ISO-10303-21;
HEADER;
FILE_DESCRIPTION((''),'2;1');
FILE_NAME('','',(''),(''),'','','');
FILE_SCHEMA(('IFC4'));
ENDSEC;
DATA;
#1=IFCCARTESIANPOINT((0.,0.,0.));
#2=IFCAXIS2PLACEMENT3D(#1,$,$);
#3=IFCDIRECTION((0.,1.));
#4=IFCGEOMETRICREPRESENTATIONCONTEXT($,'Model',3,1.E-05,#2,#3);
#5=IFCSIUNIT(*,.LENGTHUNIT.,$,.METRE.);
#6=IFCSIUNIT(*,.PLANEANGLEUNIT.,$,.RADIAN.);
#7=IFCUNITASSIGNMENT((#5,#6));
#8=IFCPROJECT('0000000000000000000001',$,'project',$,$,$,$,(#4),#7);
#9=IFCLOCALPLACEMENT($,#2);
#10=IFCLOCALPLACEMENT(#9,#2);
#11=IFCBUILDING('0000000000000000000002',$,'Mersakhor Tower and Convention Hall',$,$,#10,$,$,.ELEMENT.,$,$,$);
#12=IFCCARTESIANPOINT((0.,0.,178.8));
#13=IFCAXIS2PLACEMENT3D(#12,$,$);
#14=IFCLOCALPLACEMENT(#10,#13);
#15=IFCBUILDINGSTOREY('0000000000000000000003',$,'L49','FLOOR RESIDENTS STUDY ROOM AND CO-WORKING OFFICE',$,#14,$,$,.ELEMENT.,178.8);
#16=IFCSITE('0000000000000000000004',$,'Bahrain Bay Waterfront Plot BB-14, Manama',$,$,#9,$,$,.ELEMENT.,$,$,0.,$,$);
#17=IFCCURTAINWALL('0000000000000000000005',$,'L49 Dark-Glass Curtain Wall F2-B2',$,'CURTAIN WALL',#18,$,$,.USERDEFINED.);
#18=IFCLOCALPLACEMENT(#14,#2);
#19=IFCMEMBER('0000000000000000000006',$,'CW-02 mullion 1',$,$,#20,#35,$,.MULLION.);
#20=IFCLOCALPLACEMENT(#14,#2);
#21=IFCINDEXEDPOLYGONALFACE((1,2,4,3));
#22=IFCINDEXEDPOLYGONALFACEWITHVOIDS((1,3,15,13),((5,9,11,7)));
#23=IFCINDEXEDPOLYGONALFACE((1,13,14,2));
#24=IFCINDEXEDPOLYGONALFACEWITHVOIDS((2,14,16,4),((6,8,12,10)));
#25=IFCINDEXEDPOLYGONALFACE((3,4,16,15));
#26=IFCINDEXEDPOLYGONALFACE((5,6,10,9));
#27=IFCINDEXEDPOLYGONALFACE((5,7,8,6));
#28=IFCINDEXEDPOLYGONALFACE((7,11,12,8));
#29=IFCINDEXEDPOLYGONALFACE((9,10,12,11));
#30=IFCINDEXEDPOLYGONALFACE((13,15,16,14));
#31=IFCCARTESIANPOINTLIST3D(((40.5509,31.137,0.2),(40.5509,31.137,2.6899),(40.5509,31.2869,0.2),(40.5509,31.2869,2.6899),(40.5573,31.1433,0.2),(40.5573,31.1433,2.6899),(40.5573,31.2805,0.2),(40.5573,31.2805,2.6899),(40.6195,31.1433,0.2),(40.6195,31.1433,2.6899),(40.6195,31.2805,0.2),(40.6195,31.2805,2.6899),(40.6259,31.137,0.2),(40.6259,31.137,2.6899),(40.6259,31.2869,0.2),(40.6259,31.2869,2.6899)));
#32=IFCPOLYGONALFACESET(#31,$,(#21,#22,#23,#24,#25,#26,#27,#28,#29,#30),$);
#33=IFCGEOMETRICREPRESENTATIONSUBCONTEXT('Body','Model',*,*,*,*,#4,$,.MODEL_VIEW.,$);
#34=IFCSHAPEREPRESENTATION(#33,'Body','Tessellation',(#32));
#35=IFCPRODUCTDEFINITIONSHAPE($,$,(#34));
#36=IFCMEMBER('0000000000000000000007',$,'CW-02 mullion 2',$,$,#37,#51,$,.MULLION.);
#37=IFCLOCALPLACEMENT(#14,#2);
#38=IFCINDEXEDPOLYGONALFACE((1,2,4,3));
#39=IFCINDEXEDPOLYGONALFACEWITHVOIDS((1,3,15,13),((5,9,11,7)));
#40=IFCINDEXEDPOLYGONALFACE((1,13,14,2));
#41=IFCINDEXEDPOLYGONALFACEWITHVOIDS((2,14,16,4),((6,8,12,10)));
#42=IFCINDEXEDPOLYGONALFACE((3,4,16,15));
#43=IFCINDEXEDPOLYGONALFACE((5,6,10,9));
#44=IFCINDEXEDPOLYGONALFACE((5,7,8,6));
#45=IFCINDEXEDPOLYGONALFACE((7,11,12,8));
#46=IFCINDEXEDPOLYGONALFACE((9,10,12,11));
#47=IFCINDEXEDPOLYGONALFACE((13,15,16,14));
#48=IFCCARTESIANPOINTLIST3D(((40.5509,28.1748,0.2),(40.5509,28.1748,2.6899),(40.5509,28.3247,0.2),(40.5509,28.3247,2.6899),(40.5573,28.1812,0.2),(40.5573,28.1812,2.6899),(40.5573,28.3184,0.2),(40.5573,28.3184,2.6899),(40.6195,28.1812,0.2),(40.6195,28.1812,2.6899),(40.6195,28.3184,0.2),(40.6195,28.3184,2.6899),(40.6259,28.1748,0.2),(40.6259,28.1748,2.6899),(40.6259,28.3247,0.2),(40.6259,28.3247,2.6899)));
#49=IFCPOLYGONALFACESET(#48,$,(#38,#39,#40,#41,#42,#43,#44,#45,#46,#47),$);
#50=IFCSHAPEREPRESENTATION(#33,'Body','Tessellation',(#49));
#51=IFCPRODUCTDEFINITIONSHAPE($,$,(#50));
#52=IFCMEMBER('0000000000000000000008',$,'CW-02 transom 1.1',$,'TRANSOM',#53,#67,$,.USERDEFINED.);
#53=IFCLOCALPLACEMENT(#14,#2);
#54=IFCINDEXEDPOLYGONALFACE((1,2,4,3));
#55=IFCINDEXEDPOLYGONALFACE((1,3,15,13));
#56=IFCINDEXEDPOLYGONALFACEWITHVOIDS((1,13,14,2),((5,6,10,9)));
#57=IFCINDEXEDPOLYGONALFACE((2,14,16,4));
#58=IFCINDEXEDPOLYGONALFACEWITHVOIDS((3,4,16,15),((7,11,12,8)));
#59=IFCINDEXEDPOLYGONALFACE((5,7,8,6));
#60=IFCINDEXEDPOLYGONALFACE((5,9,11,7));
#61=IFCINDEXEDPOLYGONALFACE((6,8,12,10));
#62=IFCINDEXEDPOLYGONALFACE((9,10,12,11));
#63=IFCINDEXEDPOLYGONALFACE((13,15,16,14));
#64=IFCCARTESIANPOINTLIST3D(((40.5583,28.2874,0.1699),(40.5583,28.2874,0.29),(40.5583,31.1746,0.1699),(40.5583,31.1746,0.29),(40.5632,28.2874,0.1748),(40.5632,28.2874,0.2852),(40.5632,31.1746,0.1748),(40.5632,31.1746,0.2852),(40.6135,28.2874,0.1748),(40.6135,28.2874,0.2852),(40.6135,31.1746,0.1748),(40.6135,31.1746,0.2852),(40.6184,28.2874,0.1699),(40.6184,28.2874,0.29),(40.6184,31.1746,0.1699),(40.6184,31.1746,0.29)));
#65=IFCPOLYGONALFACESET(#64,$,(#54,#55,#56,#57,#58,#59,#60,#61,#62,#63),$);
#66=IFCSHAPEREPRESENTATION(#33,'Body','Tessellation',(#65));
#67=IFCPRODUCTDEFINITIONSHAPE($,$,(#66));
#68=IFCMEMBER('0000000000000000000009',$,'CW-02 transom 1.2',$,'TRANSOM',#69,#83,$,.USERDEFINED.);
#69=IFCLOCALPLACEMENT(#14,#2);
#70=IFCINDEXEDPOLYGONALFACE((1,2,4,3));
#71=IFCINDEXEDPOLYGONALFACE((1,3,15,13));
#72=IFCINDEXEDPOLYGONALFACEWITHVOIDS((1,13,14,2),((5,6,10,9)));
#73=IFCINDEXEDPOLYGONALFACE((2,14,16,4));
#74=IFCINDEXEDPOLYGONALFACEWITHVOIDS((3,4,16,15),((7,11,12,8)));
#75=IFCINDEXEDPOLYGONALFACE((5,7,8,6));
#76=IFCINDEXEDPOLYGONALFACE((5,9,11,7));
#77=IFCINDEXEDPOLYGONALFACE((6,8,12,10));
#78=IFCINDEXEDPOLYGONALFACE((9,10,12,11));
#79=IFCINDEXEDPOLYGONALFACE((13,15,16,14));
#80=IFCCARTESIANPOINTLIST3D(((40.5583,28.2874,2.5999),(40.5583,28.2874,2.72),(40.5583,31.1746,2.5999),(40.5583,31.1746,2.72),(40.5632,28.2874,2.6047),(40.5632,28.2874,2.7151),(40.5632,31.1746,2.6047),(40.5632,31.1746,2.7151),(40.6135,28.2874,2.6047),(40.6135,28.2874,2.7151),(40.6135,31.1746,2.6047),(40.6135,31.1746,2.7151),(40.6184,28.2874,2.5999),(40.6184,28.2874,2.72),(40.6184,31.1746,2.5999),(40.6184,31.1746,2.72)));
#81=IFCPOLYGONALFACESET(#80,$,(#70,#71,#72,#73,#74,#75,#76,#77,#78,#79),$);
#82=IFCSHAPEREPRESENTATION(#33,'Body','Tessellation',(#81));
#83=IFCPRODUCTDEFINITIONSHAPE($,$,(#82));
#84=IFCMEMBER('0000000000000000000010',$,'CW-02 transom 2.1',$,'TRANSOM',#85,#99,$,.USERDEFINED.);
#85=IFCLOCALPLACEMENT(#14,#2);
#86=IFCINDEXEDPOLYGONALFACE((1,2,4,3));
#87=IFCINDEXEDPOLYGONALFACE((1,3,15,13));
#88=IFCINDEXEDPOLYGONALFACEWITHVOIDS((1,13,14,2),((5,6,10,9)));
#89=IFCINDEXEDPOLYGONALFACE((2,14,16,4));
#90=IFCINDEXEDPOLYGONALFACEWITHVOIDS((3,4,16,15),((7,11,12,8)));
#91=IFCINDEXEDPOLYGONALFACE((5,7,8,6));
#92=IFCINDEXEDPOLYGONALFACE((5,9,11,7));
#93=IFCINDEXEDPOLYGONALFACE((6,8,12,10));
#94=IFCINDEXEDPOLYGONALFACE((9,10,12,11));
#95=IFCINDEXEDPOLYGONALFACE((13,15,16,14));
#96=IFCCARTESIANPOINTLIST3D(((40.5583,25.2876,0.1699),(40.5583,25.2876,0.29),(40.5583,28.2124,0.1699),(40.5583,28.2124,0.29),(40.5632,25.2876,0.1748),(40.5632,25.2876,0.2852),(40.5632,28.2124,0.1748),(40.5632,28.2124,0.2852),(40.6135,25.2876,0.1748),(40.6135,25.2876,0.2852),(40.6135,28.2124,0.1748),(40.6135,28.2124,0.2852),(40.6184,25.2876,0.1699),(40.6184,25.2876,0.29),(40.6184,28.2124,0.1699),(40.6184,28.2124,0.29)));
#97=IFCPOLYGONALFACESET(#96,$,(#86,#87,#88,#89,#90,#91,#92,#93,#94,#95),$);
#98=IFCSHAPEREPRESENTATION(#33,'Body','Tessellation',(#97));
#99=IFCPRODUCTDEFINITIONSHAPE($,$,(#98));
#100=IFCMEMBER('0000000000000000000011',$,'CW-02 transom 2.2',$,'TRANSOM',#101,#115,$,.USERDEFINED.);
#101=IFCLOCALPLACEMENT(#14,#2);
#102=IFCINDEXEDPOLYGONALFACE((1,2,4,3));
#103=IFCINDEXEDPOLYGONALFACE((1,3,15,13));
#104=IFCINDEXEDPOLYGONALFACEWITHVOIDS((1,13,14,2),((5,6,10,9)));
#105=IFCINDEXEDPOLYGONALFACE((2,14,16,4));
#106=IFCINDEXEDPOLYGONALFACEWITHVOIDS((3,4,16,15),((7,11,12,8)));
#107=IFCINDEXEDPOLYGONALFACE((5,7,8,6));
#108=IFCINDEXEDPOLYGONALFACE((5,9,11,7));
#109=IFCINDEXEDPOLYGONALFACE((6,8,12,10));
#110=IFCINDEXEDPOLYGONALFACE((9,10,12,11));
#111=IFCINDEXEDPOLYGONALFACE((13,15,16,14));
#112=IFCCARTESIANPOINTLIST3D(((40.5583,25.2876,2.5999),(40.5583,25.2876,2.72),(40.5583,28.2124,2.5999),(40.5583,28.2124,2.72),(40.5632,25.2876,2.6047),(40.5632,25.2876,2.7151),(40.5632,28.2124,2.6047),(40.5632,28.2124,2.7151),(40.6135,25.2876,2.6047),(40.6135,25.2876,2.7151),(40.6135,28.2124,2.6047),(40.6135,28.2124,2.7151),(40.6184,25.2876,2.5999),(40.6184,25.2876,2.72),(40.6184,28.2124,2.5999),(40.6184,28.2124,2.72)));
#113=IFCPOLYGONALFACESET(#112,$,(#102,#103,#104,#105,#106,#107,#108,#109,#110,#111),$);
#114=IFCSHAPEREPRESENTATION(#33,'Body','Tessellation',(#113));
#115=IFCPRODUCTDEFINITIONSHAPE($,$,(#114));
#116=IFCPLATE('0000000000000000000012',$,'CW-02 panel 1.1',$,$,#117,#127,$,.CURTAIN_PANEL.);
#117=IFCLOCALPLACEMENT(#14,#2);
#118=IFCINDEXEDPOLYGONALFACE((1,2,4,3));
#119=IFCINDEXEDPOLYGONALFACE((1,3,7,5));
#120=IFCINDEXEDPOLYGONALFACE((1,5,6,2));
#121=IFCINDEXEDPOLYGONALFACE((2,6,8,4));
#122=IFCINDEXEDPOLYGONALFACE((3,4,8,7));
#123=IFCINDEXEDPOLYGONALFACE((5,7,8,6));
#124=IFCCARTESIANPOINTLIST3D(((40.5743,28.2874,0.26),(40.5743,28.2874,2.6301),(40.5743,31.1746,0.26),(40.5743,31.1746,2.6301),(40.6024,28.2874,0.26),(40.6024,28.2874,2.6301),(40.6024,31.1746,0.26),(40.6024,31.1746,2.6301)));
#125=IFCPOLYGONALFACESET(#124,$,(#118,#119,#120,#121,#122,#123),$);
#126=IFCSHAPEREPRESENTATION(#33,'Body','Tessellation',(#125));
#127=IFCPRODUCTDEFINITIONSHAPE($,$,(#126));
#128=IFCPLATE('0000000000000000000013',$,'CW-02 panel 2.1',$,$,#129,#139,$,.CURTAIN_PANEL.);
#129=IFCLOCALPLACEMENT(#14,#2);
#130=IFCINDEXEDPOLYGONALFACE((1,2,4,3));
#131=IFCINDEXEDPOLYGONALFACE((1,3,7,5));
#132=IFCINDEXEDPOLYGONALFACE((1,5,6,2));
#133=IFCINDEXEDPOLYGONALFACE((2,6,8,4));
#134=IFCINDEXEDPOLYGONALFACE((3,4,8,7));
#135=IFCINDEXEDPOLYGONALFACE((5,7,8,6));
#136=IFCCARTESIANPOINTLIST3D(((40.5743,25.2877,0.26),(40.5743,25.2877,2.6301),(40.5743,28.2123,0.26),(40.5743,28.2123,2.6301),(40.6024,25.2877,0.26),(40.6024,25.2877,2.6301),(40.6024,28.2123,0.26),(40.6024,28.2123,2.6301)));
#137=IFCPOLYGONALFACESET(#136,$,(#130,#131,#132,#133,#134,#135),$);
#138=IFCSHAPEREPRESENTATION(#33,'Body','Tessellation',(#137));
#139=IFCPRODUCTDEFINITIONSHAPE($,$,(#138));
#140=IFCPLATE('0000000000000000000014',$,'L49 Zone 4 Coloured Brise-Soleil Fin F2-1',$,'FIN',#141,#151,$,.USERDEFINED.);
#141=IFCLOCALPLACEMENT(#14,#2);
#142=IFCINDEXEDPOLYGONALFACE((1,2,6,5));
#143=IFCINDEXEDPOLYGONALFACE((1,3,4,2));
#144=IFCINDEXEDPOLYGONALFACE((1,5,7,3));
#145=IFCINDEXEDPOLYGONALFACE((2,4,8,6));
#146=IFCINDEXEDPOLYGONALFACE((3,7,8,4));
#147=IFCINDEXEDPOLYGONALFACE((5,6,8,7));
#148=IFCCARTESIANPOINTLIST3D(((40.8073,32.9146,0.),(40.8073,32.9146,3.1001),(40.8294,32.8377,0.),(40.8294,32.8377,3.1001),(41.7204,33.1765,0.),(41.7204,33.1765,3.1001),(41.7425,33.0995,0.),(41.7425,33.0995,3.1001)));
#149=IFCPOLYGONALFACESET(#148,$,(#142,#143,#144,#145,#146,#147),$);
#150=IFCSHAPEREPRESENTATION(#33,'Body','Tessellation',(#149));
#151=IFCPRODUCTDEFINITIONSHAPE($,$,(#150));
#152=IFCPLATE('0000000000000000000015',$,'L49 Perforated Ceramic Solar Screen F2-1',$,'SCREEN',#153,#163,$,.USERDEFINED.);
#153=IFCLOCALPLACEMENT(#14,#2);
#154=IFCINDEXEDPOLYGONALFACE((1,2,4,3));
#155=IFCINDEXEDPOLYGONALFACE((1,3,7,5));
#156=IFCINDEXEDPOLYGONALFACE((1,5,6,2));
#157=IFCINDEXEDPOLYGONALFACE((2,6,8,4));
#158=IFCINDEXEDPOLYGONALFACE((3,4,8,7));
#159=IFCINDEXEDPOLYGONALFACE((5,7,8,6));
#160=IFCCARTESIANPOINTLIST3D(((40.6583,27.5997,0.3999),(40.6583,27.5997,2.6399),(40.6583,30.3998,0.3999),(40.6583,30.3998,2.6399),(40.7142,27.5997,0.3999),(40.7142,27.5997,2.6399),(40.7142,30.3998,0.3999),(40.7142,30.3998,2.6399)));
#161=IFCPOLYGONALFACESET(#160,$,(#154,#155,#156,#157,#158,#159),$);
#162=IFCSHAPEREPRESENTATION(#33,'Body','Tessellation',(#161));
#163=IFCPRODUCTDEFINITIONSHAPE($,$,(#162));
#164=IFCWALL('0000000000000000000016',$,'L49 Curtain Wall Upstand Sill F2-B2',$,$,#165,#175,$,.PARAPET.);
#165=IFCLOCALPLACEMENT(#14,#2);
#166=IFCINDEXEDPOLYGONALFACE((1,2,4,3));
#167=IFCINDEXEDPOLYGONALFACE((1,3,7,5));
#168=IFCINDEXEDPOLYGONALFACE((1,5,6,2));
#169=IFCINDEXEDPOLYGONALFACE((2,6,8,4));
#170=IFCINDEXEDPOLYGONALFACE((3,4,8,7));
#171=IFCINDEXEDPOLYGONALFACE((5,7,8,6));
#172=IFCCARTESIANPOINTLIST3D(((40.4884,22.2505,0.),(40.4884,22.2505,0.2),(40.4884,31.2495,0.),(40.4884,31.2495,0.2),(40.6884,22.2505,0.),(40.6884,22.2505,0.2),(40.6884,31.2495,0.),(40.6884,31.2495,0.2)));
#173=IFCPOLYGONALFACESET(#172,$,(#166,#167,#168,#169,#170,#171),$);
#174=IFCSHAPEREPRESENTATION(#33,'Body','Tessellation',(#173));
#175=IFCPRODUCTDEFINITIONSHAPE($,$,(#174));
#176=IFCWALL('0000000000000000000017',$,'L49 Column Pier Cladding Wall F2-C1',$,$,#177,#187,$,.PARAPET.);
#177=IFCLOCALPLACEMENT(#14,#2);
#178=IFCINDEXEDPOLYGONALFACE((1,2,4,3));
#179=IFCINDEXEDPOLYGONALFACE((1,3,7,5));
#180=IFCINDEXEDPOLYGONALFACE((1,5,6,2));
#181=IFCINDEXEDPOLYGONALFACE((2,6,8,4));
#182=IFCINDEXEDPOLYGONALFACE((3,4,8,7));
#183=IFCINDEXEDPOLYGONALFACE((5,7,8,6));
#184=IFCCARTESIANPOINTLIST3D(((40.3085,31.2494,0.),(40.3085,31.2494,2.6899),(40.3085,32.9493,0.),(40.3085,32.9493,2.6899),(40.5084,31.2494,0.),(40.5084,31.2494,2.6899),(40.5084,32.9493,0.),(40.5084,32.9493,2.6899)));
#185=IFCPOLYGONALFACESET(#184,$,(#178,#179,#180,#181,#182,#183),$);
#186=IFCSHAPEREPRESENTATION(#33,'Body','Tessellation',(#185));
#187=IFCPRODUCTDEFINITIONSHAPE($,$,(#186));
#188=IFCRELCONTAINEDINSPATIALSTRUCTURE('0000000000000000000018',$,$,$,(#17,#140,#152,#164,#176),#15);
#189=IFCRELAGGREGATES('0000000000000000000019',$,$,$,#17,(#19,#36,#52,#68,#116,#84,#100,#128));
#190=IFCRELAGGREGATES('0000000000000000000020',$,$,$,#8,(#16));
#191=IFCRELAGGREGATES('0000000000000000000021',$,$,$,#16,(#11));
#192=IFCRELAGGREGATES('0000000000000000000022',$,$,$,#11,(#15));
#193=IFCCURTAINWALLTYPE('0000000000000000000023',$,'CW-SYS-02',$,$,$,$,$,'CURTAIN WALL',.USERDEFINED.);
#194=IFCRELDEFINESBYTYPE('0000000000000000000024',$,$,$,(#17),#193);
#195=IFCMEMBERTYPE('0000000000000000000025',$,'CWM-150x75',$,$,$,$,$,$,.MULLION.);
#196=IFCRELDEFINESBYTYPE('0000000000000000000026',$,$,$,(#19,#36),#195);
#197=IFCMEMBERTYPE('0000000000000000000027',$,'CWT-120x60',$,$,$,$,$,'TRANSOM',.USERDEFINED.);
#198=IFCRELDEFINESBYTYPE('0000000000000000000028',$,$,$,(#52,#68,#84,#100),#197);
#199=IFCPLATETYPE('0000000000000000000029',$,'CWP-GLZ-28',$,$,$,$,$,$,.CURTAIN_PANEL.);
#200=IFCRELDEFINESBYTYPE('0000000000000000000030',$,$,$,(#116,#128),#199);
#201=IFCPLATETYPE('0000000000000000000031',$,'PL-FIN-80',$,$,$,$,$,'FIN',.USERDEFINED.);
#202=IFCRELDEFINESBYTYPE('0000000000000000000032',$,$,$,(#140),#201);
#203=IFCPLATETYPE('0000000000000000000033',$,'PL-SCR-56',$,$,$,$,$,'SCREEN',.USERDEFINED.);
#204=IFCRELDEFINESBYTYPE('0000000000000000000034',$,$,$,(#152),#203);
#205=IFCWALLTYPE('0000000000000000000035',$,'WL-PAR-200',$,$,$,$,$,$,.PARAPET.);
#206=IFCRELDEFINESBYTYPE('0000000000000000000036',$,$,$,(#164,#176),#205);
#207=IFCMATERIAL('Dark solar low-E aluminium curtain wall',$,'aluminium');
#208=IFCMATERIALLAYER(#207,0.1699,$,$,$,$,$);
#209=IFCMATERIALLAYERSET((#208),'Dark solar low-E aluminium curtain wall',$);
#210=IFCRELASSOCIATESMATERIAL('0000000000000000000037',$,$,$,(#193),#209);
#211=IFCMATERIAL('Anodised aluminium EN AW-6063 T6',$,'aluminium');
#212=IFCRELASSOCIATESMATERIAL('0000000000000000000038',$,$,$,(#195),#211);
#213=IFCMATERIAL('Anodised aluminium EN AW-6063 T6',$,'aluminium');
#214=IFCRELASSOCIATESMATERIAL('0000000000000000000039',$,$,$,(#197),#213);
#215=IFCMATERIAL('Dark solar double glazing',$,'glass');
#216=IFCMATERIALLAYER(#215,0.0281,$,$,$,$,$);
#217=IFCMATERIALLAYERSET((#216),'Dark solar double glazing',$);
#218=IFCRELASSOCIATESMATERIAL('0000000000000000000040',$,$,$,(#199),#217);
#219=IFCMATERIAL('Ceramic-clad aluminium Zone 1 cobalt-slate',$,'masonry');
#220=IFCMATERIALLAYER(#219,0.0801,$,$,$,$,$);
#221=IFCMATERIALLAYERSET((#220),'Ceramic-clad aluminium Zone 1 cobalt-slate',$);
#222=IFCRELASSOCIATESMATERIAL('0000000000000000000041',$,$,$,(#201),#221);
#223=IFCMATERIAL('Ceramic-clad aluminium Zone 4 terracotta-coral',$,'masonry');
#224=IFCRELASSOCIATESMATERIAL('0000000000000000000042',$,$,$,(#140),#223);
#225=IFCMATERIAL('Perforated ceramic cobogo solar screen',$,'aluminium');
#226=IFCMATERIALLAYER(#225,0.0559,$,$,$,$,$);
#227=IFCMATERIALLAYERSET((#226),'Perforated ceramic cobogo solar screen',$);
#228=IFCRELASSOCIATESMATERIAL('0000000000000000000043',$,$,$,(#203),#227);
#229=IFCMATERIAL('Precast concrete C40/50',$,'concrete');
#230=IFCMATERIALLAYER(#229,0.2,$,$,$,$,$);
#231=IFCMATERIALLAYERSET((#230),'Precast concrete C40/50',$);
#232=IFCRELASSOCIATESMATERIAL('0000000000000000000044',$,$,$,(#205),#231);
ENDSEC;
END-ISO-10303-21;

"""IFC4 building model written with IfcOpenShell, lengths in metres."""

from ifc_helpers import new_model, si_unit, direction, frame, frame_2d, origin, origin_2d, place, context, subcontext, project, spatial, rectangle, hollow_rectangle, extrude, material, layer, layer_set, material_profile, profile_set, type_object, element, aggregate, save


model = new_model("IFC4")

# Units and contexts
model_context = context("Model", 3, precision=1e-05, world=origin(), true_north=direction((0.0, 1.0)))
body_context = subcontext(model_context, "Body", "Model", "MODEL_VIEW")
ifc_project = project(units=[si_unit("LENGTHUNIT", "METRE"), si_unit("PLANEANGLEUNIT", "RADIAN")], contexts=[model_context])

# Site, building, storey
site_placement = place(None, origin())
site = spatial("IfcSite", under=ifc_project, at=site_placement, Name="Bahrain Bay Waterfront Plot BB-14, Manama", CompositionType="ELEMENT", RefElevation=0.0)
building_placement = place(site_placement, origin())
building = spatial("IfcBuilding", under=site, at=building_placement, Name="Mersakhor Tower and Convention Hall", CompositionType="ELEMENT")
storey_placement = place(building_placement, frame((0.0, 0.0, 178.8)))
storey = spatial("IfcBuildingStorey", under=building, at=storey_placement, Name="L49", Description="FLOOR RESIDENTS STUDY ROOM AND CO-WORKING OFFICE", CompositionType="ELEMENT", Elevation=178.8)

# Curtain wall, members, plates
ifc_material_1 = material(Name="Dark solar low-E aluminium curtain wall", Category="aluminium")
ifc_layer_1 = layer(ifc_material_1, 0.1699)
ifc_layer_set_1 = layer_set([ifc_layer_1], Name="Dark solar low-E aluminium curtain wall")
curtain_wall_type = type_object("IfcCurtainWallType", Name="CW-SYS-02", ElementType="CURTAIN WALL", PredefinedType="USERDEFINED", material=ifc_layer_set_1)
curtain_wall_placement = place(storey_placement, origin())
curtain_wall = element("IfcCurtainWall", 1, at=curtain_wall_placement, inside=storey, type_object=curtain_wall_type, Name="L49 Dark-Glass Curtain Wall F2-B2", ObjectType="CURTAIN WALL", PredefinedType="USERDEFINED")
ifc_material_2 = material(Name="Anodised aluminium EN AW-6063 T6", Category="aluminium")
ifc_material_profile_1 = material_profile(ifc_material_2, hollow_rectangle(XDim=0.075, YDim=0.1499, WallThickness=0.0063, at=origin_2d()), Name="RHS 150x75x6.3")
ifc_profile_set_1 = profile_set([ifc_material_profile_1], Name="Anodised aluminium EN AW-6063 T6")
member_type_1 = type_object("IfcMemberType", Name="CWM-150x75", PredefinedType="MULLION", material=ifc_profile_set_1)
member_1_placement = place(storey_placement, frame((40.5884, 31.2119, 0.2), z_axis=(0.0, 0.0, 1.0), x_axis=(1.0, 0.0, 0.0)))
member_1 = element("IfcMember", 2, at=member_1_placement, type_object=member_type_1, Name="CW-02 mullion 1", PredefinedType="MULLION", context=body_context, shape_type="SweptSolid", body=[
    extrude(hollow_rectangle(XDim=0.075, YDim=0.1499, WallThickness=0.0063, at=origin_2d()), origin(), (0.0, 0.0, 1.0), 2.49),
])
member_2_placement = place(storey_placement, frame((40.5884, 28.2498, 0.2), z_axis=(0.0, 0.0, 1.0), x_axis=(1.0, 0.0, 0.0)))
member_2 = element("IfcMember", 3, at=member_2_placement, type_object=member_type_1, Name="CW-02 mullion 2", PredefinedType="MULLION", context=body_context, shape_type="SweptSolid", body=[
    extrude(hollow_rectangle(XDim=0.075, YDim=0.1499, WallThickness=0.0063, at=origin_2d()), origin(), (0.0, 0.0, 1.0), 2.49),
])
ifc_material_3 = material(Name="Anodised aluminium EN AW-6063 T6", Category="aluminium")
ifc_material_profile_2 = material_profile(ifc_material_3, hollow_rectangle(XDim=0.0601, YDim=0.1201, WallThickness=0.0049, at=origin_2d()), Name="RHS 120x60x5")
ifc_profile_set_2 = profile_set([ifc_material_profile_2], Name="Anodised aluminium EN AW-6063 T6")
member_type_2 = type_object("IfcMemberType", Name="CWT-120x60", ElementType="TRANSOM", PredefinedType="USERDEFINED", material=ifc_profile_set_2)
member_3_placement = place(storey_placement, frame((40.5884, 31.1746, 0.23), z_axis=(0.0, -1.0, 0.0), x_axis=(1.0, 0.0, 0.0)))
member_3 = element("IfcMember", 4, at=member_3_placement, type_object=member_type_2, Name="CW-02 transom 1.1", ObjectType="TRANSOM", PredefinedType="USERDEFINED", context=body_context, shape_type="SweptSolid", body=[
    extrude(hollow_rectangle(XDim=0.0601, YDim=0.1201, WallThickness=0.0049, at=origin_2d()), origin(), (0.0, 0.0, 1.0), 2.8872),
])
member_4_placement = place(storey_placement, frame((40.5884, 31.1746, 2.6599), z_axis=(0.0, -1.0, 0.0), x_axis=(1.0, 0.0, 0.0)))
member_4 = element("IfcMember", 5, at=member_4_placement, type_object=member_type_2, Name="CW-02 transom 1.2", ObjectType="TRANSOM", PredefinedType="USERDEFINED", context=body_context, shape_type="SweptSolid", body=[
    extrude(hollow_rectangle(XDim=0.0601, YDim=0.1201, WallThickness=0.0049, at=origin_2d()), origin(), (0.0, 0.0, 1.0), 2.8872),
])
member_5_placement = place(storey_placement, frame((40.5884, 28.2124, 0.23), z_axis=(0.0, -1.0, 0.0), x_axis=(1.0, 0.0, 0.0)))
member_5 = element("IfcMember", 6, at=member_5_placement, type_object=member_type_2, Name="CW-02 transom 2.1", ObjectType="TRANSOM", PredefinedType="USERDEFINED", context=body_context, shape_type="SweptSolid", body=[
    extrude(hollow_rectangle(XDim=0.0601, YDim=0.1201, WallThickness=0.0049, at=origin_2d()), origin(), (0.0, 0.0, 1.0), 2.9248),
])
member_6_placement = place(storey_placement, frame((40.5884, 28.2124, 2.6599), z_axis=(0.0, -1.0, 0.0), x_axis=(1.0, 0.0, 0.0)))
member_6 = element("IfcMember", 7, at=member_6_placement, type_object=member_type_2, Name="CW-02 transom 2.2", ObjectType="TRANSOM", PredefinedType="USERDEFINED", context=body_context, shape_type="SweptSolid", body=[
    extrude(hollow_rectangle(XDim=0.0601, YDim=0.1201, WallThickness=0.0049, at=origin_2d()), origin(), (0.0, 0.0, 1.0), 2.9248),
])
ifc_material_4 = material(Name="Dark solar double glazing", Category="glass")
ifc_layer_2 = layer(ifc_material_4, 0.0281)
ifc_layer_set_2 = layer_set([ifc_layer_2], Name="Dark solar double glazing")
plate_type_1 = type_object("IfcPlateType", Name="CWP-GLZ-28", PredefinedType="CURTAIN_PANEL", material=ifc_layer_set_2)
plate_1_placement = place(storey_placement, frame((40.5884, 29.731, 0.26), z_axis=(0.0, 0.0, 1.0), x_axis=(0.0, -1.0, 0.0)))
plate_1 = element("IfcPlate", 8, at=plate_1_placement, type_object=plate_type_1, Name="CW-02 panel 1.1", PredefinedType="CURTAIN_PANEL", context=body_context, shape_type="SweptSolid", body=[
    extrude(rectangle(XDim=2.8872, YDim=0.0281, at=origin_2d()), origin(), (0.0, 0.0, 1.0), 2.3701),
])
plate_2_placement = place(storey_placement, frame((40.5884, 26.75, 0.26), z_axis=(0.0, 0.0, 1.0), x_axis=(0.0, -1.0, 0.0)))
plate_2 = element("IfcPlate", 9, at=plate_2_placement, type_object=plate_type_1, Name="CW-02 panel 2.1", PredefinedType="CURTAIN_PANEL", context=body_context, shape_type="SweptSolid", body=[
    extrude(rectangle(XDim=2.9246, YDim=0.0281, at=origin_2d()), origin(), (0.0, 0.0, 1.0), 2.3701),
])
aggregate(curtain_wall, [member_1, member_2, member_3, member_4, plate_1, member_5, member_6, plate_2])

# Plates
ifc_material_5 = material(Name="Ceramic-clad aluminium Zone 4 terracotta-coral", Category="masonry")
ifc_material_6 = material(Name="Ceramic-clad aluminium Zone 1 cobalt-slate", Category="masonry")
ifc_layer_3 = layer(ifc_material_6, 0.0801)
ifc_layer_set_3 = layer_set([ifc_layer_3], Name="Ceramic-clad aluminium Zone 1 cobalt-slate")
plate_type_2 = type_object("IfcPlateType", Name="PL-FIN-80", ElementType="FIN", PredefinedType="USERDEFINED", material=ifc_layer_set_3)
plate_3_placement = place(storey_placement, frame((41.2749, 33.0071, 0.0), z_axis=(0.0, 0.0, 1.0), x_axis=(0.961262, 0.275637, 0.0)))
element("IfcPlate", 10, at=plate_3_placement, inside=storey, type_object=plate_type_2, material=ifc_material_5, Name="L49 Zone 4 Coloured Brise-Soleil Fin F2-1", ObjectType="FIN", PredefinedType="USERDEFINED", context=body_context, shape_type="SweptSolid", body=[
    extrude(rectangle(XDim=0.95, YDim=0.0801, at=origin_2d()), origin(), (0.0, 0.0, 1.0), 3.1001),
])
ifc_material_7 = material(Name="Perforated ceramic cobogo solar screen", Category="aluminium")
ifc_layer_4 = layer(ifc_material_7, 0.0559)
ifc_layer_set_4 = layer_set([ifc_layer_4], Name="Perforated ceramic cobogo solar screen")
plate_type_3 = type_object("IfcPlateType", Name="PL-SCR-56", ElementType="SCREEN", PredefinedType="USERDEFINED", material=ifc_layer_set_4)
plate_4_placement = place(storey_placement, frame((40.6863, 28.9998, 0.3999), z_axis=(0.0, 0.0, 1.0), x_axis=(0.0, -1.0, 0.0)))
element("IfcPlate", 11, at=plate_4_placement, inside=storey, type_object=plate_type_3, Name="L49 Perforated Ceramic Solar Screen F2-1", ObjectType="SCREEN", PredefinedType="USERDEFINED", context=body_context, shape_type="SweptSolid", body=[
    extrude(rectangle(XDim=2.8, YDim=0.0559, at=origin_2d()), origin(), (0.0, 0.0, 1.0), 2.24),
])

# Walls
ifc_material_8 = material(Name="Precast concrete C40/50", Category="concrete")
ifc_layer_5 = layer(ifc_material_8, 0.2)
ifc_layer_set_5 = layer_set([ifc_layer_5], Name="Precast concrete C40/50")
wall_type_1 = type_object("IfcWallType", Name="WL-PAR-200", PredefinedType="PARAPET", material=ifc_layer_set_5)
wall_1_placement = place(storey_placement, frame((40.5884, 31.2495, 0.0), z_axis=(0.0, 0.0, 1.0), x_axis=(0.0, -1.0, 0.0)))
element("IfcWall", 12, at=wall_1_placement, inside=storey, type_object=wall_type_1, Name="L49 Curtain Wall Upstand Sill F2-B2", PredefinedType="PARAPET", context=body_context, shape_type="SweptSolid", body=[
    extrude(rectangle(XDim=8.999, YDim=0.2, at=frame_2d((4.4995, 0.0))), origin(), (0.0, 0.0, 1.0), 0.2),
])
wall_2_placement = place(storey_placement, frame((40.4084, 32.9495, 0.0), z_axis=(0.0, 0.0, 1.0), x_axis=(0.0, -1.0, 0.0)))
element("IfcWall", 13, at=wall_2_placement, inside=storey, type_object=wall_type_1, Name="L49 Column Pier Cladding Wall F2-C1", PredefinedType="PARAPET", context=body_context, shape_type="SweptSolid", body=[
    extrude(rectangle(XDim=1.7, YDim=0.2, at=frame_2d((0.8501, 0.0))), origin(), (0.0, 0.0, 1.0), 2.6899),
])

save(model, "model.ifc")
